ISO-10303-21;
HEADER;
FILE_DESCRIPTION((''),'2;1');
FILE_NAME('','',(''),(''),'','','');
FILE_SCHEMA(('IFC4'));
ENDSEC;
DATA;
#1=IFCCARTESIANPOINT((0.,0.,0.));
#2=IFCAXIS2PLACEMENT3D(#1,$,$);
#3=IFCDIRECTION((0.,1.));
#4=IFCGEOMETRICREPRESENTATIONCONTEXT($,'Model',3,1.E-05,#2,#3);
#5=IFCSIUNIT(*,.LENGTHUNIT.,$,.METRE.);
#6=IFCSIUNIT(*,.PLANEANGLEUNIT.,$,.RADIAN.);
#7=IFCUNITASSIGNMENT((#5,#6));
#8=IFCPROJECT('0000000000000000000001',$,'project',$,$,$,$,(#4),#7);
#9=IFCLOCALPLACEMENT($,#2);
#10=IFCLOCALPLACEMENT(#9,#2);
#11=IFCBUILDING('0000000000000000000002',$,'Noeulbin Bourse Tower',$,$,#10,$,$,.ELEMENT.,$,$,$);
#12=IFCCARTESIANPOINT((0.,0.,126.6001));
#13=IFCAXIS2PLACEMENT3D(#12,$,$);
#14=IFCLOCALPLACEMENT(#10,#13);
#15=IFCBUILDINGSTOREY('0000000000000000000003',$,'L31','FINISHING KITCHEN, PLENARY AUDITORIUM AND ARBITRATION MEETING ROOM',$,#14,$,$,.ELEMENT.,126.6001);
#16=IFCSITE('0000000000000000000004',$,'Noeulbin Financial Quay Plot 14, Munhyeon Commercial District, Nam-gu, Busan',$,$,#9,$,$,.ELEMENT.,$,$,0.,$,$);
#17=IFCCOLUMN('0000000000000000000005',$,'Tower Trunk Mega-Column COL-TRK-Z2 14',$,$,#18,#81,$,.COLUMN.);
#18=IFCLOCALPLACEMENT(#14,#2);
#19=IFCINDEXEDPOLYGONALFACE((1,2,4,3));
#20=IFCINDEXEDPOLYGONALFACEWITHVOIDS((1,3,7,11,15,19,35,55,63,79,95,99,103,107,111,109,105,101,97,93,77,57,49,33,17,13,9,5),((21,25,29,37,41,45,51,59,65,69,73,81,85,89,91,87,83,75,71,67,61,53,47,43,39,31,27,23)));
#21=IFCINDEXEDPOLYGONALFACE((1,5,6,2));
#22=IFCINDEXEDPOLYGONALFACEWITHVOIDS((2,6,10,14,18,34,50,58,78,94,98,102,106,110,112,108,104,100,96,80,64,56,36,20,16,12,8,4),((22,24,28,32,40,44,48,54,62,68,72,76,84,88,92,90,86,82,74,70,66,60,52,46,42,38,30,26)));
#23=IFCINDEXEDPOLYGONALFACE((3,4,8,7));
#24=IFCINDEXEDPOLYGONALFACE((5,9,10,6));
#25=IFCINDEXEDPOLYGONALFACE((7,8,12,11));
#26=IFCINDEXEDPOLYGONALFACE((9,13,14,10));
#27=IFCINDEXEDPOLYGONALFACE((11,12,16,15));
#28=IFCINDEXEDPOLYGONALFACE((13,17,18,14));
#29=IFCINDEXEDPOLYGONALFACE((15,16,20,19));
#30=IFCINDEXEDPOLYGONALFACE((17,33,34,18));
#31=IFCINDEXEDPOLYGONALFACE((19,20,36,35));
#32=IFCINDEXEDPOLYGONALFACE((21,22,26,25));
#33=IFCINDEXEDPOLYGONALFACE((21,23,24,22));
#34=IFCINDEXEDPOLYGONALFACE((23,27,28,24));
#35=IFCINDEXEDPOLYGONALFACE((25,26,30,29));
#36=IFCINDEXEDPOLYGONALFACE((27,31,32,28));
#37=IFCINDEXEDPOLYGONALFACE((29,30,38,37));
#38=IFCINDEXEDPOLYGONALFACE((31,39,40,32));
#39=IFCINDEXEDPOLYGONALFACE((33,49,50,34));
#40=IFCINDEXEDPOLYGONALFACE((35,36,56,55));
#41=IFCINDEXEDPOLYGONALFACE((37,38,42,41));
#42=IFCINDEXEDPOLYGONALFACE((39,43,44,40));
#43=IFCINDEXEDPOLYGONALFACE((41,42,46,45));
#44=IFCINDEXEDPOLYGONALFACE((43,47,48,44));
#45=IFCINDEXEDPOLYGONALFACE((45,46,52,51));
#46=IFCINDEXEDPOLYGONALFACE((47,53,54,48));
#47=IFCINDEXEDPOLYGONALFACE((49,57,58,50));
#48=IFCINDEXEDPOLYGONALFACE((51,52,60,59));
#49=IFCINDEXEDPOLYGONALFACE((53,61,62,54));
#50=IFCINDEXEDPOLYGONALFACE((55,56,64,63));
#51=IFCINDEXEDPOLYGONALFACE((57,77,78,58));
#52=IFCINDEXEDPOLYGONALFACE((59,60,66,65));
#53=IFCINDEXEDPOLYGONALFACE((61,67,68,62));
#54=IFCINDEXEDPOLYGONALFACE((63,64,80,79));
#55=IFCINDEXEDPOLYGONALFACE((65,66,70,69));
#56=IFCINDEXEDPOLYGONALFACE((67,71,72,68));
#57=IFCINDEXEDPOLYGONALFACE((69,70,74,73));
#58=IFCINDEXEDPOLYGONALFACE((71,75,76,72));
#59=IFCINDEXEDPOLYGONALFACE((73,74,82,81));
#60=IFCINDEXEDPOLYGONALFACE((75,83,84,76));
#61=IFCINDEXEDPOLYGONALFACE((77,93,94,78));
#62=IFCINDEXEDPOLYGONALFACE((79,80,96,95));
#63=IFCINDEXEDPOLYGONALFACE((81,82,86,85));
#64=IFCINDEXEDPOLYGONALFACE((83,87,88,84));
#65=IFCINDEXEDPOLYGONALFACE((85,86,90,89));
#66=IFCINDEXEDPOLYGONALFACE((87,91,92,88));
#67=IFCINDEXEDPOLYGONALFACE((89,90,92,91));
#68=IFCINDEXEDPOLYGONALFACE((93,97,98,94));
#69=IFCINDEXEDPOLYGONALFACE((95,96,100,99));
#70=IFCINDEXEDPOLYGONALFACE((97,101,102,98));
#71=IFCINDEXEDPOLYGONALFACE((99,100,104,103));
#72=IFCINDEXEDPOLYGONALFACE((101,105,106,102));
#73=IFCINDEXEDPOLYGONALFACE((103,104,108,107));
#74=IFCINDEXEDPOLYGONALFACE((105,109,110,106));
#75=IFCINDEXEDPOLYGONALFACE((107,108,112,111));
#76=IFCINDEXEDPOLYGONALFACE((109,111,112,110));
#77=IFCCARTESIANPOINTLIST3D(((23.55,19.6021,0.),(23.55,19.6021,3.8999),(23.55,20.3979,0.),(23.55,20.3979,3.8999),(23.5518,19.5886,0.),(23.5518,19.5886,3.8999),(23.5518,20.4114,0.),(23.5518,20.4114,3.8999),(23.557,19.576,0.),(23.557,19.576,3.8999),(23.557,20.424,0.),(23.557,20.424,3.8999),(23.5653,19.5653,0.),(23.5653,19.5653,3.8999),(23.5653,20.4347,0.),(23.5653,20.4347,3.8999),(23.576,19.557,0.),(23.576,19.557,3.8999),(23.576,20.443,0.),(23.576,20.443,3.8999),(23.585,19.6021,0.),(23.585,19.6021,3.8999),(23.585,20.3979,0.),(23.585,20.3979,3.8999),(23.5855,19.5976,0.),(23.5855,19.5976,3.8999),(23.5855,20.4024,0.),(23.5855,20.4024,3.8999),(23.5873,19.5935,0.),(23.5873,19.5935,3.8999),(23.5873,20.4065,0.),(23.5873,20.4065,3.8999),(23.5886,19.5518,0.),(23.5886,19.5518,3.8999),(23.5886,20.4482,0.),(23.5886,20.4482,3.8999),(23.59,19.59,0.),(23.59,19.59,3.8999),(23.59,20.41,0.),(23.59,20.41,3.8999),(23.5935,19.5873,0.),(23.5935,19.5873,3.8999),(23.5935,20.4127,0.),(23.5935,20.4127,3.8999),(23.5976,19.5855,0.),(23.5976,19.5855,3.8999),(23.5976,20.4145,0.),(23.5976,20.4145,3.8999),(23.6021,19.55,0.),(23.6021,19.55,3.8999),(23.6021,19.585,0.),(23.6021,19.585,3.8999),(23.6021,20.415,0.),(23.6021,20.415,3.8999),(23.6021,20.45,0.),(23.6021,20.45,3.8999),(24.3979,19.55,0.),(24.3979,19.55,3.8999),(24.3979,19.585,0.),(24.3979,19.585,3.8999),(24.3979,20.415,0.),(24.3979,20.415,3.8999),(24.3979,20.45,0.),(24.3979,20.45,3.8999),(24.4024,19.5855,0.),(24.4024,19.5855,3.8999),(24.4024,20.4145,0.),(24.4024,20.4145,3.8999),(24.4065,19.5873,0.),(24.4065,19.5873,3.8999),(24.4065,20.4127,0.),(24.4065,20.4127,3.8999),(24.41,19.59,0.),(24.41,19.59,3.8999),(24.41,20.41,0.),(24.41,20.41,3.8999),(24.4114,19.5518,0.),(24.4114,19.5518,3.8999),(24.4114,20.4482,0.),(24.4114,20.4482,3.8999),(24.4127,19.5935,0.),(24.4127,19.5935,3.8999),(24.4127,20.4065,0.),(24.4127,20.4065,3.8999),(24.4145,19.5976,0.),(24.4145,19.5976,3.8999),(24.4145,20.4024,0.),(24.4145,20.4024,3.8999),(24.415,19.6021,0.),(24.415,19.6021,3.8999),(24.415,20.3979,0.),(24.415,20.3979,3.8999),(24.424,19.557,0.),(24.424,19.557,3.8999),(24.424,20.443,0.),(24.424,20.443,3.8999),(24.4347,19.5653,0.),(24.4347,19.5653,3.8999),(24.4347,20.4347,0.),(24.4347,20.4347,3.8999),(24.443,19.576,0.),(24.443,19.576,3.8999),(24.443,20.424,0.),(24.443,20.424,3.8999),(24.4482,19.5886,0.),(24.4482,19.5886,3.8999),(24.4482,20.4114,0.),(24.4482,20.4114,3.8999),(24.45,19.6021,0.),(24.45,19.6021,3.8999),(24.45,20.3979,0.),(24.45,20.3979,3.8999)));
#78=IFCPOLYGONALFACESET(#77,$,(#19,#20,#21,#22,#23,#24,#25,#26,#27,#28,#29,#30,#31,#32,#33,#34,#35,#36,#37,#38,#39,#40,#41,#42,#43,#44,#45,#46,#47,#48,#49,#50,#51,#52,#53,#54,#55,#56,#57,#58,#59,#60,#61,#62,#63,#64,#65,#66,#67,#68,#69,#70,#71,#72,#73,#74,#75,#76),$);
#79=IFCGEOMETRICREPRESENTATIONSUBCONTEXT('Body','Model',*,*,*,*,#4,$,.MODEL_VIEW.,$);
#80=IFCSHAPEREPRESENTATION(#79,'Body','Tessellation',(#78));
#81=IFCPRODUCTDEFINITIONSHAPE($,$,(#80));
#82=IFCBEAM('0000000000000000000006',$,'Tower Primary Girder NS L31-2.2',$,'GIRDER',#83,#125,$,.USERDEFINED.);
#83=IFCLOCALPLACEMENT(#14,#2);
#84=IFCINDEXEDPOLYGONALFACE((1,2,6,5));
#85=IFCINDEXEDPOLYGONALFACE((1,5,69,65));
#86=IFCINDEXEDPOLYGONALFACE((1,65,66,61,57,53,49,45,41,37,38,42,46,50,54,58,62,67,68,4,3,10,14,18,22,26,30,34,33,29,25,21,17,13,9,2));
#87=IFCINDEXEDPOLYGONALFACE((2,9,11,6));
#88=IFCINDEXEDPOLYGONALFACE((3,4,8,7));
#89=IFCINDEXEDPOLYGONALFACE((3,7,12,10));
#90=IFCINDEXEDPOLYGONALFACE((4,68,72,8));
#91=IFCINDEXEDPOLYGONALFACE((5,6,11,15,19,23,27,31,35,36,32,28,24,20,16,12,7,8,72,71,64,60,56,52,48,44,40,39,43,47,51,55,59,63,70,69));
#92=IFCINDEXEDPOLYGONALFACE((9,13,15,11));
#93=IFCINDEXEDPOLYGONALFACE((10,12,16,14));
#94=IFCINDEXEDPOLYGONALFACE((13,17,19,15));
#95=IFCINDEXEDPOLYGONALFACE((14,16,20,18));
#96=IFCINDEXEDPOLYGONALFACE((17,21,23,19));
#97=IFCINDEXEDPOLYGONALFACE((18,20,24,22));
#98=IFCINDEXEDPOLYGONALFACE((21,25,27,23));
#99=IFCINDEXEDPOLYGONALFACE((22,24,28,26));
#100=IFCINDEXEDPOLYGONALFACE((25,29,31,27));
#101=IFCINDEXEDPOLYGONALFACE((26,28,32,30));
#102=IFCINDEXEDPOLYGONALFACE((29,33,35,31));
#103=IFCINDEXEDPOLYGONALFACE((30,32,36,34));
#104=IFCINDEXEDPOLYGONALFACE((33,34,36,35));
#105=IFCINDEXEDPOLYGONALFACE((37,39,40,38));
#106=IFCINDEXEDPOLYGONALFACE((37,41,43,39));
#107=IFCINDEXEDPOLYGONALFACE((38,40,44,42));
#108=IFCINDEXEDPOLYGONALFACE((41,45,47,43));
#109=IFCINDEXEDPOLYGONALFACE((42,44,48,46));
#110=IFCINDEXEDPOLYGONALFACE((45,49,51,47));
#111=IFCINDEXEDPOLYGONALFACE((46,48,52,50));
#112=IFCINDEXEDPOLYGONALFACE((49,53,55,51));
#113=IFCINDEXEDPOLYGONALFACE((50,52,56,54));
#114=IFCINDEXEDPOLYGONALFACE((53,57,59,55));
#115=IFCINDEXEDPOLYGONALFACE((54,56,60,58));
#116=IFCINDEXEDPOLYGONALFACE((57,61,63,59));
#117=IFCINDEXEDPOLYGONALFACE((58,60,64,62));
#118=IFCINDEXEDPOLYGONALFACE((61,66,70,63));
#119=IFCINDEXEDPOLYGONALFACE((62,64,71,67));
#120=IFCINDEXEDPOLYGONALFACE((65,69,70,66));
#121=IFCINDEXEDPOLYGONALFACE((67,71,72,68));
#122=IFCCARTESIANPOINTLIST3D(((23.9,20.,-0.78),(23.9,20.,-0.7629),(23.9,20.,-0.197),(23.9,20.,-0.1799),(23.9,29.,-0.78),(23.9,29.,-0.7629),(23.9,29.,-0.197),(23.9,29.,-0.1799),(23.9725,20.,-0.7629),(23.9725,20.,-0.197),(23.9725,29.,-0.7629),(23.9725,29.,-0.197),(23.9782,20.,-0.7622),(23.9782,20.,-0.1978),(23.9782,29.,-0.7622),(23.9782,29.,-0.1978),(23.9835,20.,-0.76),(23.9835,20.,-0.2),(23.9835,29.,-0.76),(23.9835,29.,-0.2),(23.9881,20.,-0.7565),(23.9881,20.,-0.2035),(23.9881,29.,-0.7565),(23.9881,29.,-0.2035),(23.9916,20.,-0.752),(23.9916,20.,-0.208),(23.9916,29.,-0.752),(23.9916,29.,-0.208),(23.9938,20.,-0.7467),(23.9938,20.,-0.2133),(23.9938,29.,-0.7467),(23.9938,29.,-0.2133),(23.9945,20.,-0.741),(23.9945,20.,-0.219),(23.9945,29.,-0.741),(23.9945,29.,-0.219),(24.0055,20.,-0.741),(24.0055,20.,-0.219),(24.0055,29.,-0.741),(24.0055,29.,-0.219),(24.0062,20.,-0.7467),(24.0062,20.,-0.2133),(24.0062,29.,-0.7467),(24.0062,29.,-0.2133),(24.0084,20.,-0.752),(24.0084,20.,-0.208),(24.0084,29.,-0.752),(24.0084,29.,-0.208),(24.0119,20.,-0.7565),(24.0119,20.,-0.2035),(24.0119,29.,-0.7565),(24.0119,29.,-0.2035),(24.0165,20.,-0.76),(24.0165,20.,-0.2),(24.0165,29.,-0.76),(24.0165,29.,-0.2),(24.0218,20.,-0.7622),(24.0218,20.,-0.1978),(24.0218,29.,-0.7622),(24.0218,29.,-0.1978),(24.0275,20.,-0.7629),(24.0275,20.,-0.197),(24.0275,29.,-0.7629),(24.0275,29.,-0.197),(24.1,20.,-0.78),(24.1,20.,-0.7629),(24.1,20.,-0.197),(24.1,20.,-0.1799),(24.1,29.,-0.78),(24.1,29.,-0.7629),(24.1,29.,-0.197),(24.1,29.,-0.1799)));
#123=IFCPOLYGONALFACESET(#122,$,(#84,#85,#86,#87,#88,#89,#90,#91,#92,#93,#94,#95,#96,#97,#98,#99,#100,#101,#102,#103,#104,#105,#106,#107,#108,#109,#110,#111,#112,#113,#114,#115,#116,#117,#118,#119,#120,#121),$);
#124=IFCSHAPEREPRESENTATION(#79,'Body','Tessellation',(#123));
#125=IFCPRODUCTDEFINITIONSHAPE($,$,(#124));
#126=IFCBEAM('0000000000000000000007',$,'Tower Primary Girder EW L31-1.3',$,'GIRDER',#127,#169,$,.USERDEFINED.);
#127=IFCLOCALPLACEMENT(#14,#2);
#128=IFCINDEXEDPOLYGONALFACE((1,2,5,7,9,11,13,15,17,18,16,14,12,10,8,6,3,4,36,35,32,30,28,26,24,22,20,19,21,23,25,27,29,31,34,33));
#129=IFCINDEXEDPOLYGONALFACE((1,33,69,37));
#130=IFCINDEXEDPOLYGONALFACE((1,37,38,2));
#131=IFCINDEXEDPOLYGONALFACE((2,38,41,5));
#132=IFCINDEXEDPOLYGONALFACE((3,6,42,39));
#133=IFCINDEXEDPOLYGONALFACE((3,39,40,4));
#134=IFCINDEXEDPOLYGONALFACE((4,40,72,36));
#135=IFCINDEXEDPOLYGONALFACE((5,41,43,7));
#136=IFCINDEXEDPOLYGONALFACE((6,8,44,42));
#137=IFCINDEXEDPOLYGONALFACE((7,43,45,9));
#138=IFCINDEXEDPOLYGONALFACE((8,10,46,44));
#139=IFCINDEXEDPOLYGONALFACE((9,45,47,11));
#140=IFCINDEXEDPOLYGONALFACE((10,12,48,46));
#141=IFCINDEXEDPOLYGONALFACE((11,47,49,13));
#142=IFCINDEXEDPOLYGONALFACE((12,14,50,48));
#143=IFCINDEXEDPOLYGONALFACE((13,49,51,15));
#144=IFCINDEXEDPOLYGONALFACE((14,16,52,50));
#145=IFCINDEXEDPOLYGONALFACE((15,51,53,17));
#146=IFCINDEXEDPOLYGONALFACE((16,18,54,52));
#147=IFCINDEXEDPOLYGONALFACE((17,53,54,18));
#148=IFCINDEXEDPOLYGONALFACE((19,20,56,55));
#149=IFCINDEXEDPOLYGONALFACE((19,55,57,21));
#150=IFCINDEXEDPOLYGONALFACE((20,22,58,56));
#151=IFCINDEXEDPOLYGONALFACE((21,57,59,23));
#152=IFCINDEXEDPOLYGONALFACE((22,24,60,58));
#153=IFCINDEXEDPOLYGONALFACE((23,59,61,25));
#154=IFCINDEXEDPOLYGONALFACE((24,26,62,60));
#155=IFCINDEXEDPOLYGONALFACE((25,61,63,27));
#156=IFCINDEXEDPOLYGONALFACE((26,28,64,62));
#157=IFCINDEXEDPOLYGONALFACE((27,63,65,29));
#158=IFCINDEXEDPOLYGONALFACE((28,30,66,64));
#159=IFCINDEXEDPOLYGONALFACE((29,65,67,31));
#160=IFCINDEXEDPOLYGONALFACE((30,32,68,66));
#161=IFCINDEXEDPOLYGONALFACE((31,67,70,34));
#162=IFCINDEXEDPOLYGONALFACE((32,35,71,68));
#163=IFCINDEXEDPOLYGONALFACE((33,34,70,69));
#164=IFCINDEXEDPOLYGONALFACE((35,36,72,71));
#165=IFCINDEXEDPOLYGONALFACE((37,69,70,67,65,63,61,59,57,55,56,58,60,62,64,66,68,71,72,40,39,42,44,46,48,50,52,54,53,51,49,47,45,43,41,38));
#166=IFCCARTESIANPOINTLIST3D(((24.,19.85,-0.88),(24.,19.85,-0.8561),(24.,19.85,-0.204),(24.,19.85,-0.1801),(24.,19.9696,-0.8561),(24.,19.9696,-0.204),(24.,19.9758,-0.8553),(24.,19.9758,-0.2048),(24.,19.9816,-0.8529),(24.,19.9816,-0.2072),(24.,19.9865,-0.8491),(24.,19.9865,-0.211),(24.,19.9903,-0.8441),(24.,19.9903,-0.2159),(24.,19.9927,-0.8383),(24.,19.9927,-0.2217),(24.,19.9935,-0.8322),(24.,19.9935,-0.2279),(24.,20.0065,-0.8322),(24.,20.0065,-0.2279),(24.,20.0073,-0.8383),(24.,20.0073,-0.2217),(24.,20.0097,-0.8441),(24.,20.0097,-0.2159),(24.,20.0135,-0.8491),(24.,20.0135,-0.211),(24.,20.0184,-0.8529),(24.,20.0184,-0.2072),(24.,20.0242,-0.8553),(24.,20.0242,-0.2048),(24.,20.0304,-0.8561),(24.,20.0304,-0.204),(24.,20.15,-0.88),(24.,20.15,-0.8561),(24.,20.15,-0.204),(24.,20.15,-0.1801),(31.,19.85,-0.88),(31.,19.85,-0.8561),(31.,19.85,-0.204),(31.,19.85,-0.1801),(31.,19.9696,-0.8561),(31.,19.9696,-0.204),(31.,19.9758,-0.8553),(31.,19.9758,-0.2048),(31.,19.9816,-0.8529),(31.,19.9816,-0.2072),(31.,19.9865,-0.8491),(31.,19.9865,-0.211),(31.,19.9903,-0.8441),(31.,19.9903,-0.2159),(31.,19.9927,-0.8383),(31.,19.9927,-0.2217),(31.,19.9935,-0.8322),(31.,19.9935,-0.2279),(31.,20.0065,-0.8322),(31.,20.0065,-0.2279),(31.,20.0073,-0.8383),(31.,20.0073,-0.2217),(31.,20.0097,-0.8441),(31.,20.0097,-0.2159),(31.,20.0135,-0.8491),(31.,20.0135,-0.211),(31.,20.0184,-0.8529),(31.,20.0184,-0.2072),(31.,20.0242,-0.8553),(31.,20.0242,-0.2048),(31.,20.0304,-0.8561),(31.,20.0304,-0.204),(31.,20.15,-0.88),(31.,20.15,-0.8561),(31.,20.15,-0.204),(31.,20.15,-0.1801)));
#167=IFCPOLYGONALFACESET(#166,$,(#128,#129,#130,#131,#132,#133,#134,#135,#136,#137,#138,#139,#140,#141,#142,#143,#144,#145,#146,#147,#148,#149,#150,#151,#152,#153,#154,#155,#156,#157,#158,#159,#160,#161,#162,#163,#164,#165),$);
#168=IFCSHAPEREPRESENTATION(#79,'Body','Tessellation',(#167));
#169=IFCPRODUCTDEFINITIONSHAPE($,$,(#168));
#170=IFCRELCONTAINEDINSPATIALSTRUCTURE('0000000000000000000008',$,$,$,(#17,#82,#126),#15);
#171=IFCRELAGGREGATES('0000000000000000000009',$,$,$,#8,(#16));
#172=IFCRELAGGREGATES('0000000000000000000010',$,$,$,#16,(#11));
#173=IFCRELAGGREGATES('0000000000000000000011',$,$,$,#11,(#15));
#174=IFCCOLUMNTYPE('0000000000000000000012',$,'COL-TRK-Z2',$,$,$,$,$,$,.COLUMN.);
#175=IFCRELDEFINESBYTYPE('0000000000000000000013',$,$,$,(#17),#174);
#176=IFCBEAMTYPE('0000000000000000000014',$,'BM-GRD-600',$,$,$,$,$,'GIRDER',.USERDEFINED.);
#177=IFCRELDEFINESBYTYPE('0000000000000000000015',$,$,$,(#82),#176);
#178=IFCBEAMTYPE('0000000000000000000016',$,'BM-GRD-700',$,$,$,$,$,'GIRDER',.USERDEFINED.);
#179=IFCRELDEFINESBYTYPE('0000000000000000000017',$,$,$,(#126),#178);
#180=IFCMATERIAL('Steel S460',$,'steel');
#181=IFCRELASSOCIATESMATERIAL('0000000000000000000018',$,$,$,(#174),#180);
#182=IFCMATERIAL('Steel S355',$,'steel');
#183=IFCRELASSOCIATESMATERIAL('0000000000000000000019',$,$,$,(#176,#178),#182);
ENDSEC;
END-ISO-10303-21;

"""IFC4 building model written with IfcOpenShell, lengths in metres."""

from ifc_helpers import new_model, si_unit, direction, frame, origin, origin_2d, place, context, subcontext, project, spatial, hollow_rectangle, i_section, extrude, material, material_profile, profile_set, type_object, element, save


model = new_model("IFC4")

# Units and contexts
model_context = context("Model", 3, precision=1e-05, world=origin(), true_north=direction((0.0, 1.0)))
body_context = subcontext(model_context, "Body", "Model", "MODEL_VIEW")
ifc_project = project(units=[si_unit("LENGTHUNIT", "METRE"), si_unit("PLANEANGLEUNIT", "RADIAN")], contexts=[model_context])

# Site, building, storey
site_placement = place(None, origin())
site = spatial("IfcSite", under=ifc_project, at=site_placement, Name="Noeulbin Financial Quay Plot 14, Munhyeon Commercial District, Nam-gu, Busan", CompositionType="ELEMENT", RefElevation=0.0)
building_placement = place(site_placement, origin())
building = spatial("IfcBuilding", under=site, at=building_placement, Name="Noeulbin Bourse Tower", CompositionType="ELEMENT")
storey_placement = place(building_placement, frame((0.0, 0.0, 126.6001)))
storey = spatial("IfcBuildingStorey", under=building, at=storey_placement, Name="L31", Description="FINISHING KITCHEN, PLENARY AUDITORIUM AND ARBITRATION MEETING ROOM", CompositionType="ELEMENT", Elevation=126.6001)

# Column
ifc_material_1 = material(Name="Steel S460", Category="steel")
ifc_material_profile_1 = material_profile(ifc_material_1, hollow_rectangle(XDim=0.8999, YDim=0.8999, WallThickness=0.0349, InnerFilletRadius=0.0171, OuterFilletRadius=0.052, at=origin_2d()), Name="BOX-900x900x35", Category="LoadBearing")
ifc_profile_set_1 = profile_set([ifc_material_profile_1], Name="Steel S460")
column_type = type_object("IfcColumnType", Name="COL-TRK-Z2", PredefinedType="COLUMN", material=ifc_profile_set_1)
column_placement = place(storey_placement, frame((24.0, 20.0, 0.0), z_axis=(0.0, 0.0, 1.0), x_axis=(1.0, 0.0, 0.0)))
element("IfcColumn", 1, at=column_placement, inside=storey, type_object=column_type, Name="Tower Trunk Mega-Column COL-TRK-Z2 14", PredefinedType="COLUMN", context=body_context, shape_type="SweptSolid", body=[
    extrude(hollow_rectangle(XDim=0.8999, YDim=0.8999, WallThickness=0.0349, InnerFilletRadius=0.0171, OuterFilletRadius=0.052, at=origin_2d()), origin(), (0.0, 0.0, 1.0), 3.8999),
])

# Beams
ifc_material_2 = material(Name="Steel S355", Category="steel")
ifc_material_profile_2 = material_profile(ifc_material_2, i_section(OverallWidth=0.2, OverallDepth=0.6001, WebThickness=0.011, FlangeThickness=0.0171, FilletRadius=0.022, at=origin_2d()), Name="H-600x200x11x17", Category="LoadBearing")
ifc_profile_set_2 = profile_set([ifc_material_profile_2], Name="Steel S355")
beam_type_1 = type_object("IfcBeamType", Name="BM-GRD-600", ElementType="GIRDER", PredefinedType="USERDEFINED", material=ifc_profile_set_2)
beam_1_placement = place(storey_placement, frame((24.0, 20.0, -0.48), z_axis=(0.0, 1.0, 0.0), x_axis=(-1.0, 0.0, 0.0)))
element("IfcBeam", 2, at=beam_1_placement, inside=storey, type_object=beam_type_1, Name="Tower Primary Girder NS L31-2.2", ObjectType="GIRDER", PredefinedType="USERDEFINED", context=body_context, shape_type="SweptSolid", body=[
    extrude(i_section(OverallWidth=0.2, OverallDepth=0.6001, WebThickness=0.011, FlangeThickness=0.0171, FilletRadius=0.022, at=origin_2d()), origin(), (0.0, 0.0, 1.0), 9.0),
])
ifc_material_profile_3 = material_profile(ifc_material_2, i_section(OverallWidth=0.3, OverallDepth=0.7, WebThickness=0.0129, FlangeThickness=0.0239, FilletRadius=0.0239, at=origin_2d()), Name="H-700x300x13x24", Category="LoadBearing")
ifc_profile_set_3 = profile_set([ifc_material_profile_3], Name="Steel S355")
beam_type_2 = type_object("IfcBeamType", Name="BM-GRD-700", ElementType="GIRDER", PredefinedType="USERDEFINED", material=ifc_profile_set_3)
beam_2_placement = place(storey_placement, frame((24.0, 20.0, -0.53), z_axis=(1.0, 0.0, 0.0), x_axis=(0.0, 1.0, 0.0)))
element("IfcBeam", 3, at=beam_2_placement, inside=storey, type_object=beam_type_2, Name="Tower Primary Girder EW L31-1.3", ObjectType="GIRDER", PredefinedType="USERDEFINED", context=body_context, shape_type="SweptSolid", body=[
    extrude(i_section(OverallWidth=0.3, OverallDepth=0.7, WebThickness=0.0129, FlangeThickness=0.0239, FilletRadius=0.0239, at=origin_2d()), origin(), (0.0, 0.0, 1.0), 7.0),
])

save(model, "model.ifc")
